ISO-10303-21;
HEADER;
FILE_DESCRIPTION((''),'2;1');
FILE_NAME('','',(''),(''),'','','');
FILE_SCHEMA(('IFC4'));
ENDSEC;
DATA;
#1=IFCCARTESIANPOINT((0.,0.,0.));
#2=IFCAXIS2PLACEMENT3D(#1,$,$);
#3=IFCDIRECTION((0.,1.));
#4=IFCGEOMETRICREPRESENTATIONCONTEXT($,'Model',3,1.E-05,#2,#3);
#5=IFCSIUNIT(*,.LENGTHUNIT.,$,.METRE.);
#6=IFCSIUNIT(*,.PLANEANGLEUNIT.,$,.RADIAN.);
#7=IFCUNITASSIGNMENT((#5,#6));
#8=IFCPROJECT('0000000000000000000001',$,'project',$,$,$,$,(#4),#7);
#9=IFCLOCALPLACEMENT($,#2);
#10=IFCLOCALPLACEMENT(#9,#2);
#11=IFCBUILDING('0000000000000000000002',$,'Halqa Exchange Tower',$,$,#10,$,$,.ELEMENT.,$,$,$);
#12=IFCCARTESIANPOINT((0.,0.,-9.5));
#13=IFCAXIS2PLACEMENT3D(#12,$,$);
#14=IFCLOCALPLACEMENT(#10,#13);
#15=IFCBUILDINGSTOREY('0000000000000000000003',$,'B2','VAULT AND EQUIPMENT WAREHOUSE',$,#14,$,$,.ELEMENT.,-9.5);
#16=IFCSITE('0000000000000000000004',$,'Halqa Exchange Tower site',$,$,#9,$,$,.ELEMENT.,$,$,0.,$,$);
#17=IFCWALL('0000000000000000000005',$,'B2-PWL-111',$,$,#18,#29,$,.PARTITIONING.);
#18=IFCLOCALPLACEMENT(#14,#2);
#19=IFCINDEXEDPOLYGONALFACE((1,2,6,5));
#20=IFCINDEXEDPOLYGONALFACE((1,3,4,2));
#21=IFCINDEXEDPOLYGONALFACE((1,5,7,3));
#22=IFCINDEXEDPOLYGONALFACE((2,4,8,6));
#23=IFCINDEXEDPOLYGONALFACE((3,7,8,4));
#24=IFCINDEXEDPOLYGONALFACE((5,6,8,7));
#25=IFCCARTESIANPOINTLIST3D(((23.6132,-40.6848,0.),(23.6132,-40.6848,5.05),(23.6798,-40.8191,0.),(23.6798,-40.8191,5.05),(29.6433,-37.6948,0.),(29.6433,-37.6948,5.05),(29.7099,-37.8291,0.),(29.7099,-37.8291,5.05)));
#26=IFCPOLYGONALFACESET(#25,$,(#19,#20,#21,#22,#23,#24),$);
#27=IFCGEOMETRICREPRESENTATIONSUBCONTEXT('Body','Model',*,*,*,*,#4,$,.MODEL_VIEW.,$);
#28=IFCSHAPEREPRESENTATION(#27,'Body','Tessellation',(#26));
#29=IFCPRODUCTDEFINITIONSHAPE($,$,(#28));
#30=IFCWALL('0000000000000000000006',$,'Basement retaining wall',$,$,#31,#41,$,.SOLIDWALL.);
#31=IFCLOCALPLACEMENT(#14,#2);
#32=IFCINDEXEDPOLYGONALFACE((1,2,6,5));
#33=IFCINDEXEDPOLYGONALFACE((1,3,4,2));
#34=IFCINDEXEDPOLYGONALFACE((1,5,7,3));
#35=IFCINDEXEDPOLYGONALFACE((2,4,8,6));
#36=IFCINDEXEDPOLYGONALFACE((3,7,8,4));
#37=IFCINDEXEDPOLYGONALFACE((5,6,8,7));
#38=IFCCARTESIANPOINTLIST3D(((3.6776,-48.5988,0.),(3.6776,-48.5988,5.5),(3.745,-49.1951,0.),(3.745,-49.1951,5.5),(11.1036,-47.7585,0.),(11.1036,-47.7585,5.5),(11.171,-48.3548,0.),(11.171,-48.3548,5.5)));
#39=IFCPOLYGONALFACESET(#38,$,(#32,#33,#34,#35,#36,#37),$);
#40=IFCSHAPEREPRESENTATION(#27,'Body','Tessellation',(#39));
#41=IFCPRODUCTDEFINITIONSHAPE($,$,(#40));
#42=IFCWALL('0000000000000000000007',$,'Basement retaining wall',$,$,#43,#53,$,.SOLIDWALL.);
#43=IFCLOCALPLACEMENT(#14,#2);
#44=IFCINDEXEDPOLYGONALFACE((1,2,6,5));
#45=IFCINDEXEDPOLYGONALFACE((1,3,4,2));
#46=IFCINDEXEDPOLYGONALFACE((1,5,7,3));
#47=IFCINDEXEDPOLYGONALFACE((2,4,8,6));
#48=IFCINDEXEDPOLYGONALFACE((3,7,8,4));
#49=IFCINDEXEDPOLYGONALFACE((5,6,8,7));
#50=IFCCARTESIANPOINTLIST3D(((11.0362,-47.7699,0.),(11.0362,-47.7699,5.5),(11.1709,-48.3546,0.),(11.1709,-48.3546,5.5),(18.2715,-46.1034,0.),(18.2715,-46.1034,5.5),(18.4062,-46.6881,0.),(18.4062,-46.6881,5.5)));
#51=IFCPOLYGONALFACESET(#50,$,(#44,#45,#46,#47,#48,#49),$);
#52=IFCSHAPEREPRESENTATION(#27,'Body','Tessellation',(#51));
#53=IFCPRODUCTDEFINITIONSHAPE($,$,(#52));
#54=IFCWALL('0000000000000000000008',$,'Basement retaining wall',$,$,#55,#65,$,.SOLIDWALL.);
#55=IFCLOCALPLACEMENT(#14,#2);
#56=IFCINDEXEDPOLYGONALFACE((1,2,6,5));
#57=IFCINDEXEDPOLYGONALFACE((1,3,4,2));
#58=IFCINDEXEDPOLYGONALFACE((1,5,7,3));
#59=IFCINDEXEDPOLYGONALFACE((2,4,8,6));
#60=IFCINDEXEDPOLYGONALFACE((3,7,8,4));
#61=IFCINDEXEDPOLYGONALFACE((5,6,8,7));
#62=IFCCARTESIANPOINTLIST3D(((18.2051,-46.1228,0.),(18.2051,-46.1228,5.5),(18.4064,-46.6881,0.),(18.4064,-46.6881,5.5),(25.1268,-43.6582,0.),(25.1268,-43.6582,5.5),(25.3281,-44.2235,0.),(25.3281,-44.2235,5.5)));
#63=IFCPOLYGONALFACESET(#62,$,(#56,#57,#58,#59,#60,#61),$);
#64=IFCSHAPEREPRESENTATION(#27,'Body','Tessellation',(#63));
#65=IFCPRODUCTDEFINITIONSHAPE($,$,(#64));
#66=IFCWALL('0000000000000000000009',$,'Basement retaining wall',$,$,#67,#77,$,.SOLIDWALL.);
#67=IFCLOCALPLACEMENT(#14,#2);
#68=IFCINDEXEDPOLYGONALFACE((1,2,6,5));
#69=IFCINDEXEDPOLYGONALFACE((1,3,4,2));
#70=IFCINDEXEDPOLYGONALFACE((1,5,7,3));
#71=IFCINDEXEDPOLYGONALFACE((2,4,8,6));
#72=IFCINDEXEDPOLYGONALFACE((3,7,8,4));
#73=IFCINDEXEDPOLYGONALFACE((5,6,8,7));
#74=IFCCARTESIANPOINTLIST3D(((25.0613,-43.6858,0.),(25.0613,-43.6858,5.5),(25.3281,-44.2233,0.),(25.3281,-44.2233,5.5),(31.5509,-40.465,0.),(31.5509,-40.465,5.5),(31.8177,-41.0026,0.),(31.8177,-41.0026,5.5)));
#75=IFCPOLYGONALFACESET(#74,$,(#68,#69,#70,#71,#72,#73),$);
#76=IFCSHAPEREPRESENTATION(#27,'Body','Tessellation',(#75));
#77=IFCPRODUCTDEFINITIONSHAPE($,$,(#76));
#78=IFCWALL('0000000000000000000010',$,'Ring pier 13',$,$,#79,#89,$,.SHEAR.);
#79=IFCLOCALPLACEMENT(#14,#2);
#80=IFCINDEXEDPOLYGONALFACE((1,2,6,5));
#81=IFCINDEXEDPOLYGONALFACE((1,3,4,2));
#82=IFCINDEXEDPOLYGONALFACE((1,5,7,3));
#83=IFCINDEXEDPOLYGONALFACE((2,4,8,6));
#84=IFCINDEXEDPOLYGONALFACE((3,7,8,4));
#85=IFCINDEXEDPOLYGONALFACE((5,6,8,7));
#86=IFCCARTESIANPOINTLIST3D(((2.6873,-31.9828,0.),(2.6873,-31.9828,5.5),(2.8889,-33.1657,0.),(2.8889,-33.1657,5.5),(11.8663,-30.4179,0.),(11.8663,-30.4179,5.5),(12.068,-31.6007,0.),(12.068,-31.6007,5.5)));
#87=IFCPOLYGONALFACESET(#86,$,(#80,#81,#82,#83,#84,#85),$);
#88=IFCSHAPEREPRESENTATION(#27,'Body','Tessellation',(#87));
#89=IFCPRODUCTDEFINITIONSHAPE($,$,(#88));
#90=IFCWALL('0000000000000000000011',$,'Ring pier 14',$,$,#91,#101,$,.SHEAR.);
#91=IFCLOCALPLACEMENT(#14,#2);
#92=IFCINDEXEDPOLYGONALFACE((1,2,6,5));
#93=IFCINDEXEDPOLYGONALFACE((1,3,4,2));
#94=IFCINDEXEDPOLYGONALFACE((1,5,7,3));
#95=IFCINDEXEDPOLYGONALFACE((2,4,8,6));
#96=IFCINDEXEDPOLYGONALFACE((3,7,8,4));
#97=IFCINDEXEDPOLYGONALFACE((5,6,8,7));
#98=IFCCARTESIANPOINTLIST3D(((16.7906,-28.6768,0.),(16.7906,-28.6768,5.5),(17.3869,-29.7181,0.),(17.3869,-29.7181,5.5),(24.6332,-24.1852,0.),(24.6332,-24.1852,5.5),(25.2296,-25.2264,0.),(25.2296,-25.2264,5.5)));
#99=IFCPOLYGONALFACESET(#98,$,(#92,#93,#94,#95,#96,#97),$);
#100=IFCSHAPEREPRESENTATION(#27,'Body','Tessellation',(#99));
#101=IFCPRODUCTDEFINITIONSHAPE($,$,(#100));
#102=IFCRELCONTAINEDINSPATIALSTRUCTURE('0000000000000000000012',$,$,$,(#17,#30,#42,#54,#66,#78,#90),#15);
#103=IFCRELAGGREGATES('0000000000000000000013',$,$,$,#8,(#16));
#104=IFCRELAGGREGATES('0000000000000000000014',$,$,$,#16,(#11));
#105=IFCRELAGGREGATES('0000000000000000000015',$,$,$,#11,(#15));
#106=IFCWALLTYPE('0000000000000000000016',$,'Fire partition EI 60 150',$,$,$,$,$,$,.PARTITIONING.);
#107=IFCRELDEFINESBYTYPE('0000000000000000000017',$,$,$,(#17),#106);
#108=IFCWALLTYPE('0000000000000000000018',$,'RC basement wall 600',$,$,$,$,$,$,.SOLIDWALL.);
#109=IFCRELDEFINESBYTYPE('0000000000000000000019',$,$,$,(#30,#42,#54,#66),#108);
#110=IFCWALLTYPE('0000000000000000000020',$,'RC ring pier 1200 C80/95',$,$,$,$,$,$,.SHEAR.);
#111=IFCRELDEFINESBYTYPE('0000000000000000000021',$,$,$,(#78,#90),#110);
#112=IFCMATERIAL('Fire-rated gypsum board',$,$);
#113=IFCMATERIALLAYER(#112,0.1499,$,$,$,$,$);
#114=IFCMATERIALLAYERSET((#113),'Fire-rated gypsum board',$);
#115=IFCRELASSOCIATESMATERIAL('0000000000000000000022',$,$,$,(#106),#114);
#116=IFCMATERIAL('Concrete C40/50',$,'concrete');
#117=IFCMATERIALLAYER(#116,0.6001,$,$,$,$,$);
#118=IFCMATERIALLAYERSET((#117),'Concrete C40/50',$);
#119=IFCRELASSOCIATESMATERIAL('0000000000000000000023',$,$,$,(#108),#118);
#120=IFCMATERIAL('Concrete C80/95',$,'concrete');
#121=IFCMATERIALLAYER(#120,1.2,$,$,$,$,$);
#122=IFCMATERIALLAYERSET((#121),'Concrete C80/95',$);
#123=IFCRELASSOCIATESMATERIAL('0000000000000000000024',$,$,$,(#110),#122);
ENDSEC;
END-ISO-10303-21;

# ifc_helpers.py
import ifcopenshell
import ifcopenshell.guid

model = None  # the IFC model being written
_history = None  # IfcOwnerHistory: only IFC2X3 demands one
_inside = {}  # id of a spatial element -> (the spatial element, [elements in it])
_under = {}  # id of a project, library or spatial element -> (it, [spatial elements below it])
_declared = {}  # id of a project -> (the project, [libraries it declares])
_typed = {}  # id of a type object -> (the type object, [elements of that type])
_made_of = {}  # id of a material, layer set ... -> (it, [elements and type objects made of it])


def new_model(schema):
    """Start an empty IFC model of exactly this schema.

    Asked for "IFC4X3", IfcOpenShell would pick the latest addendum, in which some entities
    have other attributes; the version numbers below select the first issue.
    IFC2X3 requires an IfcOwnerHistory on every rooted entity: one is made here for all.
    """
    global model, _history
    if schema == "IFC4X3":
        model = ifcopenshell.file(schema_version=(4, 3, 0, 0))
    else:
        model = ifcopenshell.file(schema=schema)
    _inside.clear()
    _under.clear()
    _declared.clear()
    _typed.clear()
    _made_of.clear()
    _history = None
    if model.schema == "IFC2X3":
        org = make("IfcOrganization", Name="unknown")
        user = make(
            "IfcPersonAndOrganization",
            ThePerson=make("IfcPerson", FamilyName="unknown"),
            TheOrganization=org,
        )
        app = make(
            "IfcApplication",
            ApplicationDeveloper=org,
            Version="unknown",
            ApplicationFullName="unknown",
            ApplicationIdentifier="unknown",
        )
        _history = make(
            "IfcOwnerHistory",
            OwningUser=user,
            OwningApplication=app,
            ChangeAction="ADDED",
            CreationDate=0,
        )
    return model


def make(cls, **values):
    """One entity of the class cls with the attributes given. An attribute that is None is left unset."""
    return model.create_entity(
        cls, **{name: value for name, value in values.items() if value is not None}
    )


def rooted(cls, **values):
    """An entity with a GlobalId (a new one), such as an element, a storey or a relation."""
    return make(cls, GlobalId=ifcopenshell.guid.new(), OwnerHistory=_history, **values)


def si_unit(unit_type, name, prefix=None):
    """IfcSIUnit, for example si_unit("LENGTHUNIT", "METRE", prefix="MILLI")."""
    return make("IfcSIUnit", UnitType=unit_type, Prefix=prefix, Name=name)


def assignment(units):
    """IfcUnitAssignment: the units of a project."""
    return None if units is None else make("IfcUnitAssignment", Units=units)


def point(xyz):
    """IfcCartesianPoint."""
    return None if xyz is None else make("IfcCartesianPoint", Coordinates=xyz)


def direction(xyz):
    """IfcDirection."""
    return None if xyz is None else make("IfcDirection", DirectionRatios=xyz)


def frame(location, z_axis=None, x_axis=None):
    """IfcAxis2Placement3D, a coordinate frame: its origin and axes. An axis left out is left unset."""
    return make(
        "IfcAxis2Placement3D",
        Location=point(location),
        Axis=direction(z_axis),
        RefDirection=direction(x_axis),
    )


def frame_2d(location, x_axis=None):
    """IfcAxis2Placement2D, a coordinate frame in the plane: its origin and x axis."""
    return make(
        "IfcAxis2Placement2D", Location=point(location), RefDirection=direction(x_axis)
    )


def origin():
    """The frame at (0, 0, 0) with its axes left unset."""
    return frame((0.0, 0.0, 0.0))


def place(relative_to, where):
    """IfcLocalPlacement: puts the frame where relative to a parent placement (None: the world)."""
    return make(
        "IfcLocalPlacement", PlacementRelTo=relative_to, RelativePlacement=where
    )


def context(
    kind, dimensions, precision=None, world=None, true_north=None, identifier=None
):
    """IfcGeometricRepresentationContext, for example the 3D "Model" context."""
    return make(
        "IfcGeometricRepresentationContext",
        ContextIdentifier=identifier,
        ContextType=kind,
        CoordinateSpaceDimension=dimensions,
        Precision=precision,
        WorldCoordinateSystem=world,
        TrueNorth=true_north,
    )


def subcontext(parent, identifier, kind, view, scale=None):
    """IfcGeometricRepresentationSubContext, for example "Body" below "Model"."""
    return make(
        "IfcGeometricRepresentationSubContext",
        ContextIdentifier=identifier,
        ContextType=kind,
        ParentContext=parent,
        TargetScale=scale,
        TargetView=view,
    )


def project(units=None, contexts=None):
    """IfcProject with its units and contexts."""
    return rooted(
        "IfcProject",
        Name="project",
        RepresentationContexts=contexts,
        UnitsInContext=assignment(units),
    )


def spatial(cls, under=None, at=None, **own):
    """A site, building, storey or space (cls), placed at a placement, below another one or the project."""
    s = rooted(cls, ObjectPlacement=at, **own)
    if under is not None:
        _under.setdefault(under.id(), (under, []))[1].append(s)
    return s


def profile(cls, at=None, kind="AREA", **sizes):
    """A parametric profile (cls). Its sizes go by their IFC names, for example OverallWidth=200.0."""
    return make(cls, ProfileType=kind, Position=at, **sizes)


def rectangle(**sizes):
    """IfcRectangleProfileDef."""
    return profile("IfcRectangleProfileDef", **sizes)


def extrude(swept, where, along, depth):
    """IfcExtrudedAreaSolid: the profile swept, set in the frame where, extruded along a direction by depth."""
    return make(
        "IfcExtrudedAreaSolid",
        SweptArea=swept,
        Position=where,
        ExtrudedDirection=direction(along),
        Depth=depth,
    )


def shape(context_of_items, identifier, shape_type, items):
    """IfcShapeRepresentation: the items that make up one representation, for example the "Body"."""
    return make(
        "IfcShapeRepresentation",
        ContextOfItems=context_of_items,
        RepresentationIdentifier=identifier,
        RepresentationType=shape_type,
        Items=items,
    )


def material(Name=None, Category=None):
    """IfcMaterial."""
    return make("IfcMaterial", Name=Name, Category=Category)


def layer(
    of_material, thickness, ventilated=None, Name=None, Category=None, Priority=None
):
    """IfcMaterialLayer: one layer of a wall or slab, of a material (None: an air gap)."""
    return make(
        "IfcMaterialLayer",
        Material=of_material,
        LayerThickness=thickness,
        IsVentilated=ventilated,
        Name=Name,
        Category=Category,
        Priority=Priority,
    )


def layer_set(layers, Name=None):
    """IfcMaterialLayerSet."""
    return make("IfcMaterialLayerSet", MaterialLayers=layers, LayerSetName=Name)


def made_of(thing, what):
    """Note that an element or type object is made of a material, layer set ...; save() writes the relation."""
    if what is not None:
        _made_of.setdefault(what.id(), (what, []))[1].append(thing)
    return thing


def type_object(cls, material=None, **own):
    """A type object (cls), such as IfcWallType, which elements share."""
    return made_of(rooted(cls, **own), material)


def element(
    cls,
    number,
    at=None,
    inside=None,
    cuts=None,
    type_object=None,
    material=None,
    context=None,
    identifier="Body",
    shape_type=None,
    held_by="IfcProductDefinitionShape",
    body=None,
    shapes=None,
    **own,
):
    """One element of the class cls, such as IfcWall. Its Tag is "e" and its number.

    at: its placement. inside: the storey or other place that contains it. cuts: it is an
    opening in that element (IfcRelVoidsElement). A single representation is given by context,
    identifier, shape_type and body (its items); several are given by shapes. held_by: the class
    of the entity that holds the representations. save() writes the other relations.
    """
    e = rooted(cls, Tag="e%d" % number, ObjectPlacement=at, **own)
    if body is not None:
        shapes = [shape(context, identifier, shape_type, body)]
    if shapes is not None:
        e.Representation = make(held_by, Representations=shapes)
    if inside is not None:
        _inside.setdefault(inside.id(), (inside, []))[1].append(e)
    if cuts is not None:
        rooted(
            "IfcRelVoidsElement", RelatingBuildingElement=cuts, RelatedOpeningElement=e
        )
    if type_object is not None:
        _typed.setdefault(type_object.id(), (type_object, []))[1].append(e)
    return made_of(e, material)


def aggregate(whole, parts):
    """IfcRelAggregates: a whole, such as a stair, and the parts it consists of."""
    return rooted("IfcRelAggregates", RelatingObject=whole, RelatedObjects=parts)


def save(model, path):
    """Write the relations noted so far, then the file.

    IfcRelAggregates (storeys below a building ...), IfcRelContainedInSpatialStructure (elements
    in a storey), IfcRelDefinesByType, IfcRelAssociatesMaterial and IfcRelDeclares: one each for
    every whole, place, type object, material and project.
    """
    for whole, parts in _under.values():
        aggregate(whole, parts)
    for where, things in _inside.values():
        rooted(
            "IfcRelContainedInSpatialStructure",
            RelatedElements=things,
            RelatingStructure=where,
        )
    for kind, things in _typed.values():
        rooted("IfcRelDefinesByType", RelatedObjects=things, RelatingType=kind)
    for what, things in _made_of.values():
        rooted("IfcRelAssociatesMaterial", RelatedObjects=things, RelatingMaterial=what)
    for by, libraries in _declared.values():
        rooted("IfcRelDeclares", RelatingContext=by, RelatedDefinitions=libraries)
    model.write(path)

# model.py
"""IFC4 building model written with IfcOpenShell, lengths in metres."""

from ifc_helpers import new_model, si_unit, direction, frame, frame_2d, origin, place, context, subcontext, project, spatial, rectangle, extrude, material, layer, layer_set, type_object, element, save


model = new_model("IFC4")

# Units and contexts
model_context = context("Model", 3, precision=1e-05, world=origin(), true_north=direction((0.0, 1.0)))
body_context = subcontext(model_context, "Body", "Model", "MODEL_VIEW")
ifc_project = project(units=[si_unit("LENGTHUNIT", "METRE"), si_unit("PLANEANGLEUNIT", "RADIAN")], contexts=[model_context])

# Site, building, storey
site_placement = place(None, origin())
site = spatial("IfcSite", under=ifc_project, at=site_placement, Name="Halqa Exchange Tower site", CompositionType="ELEMENT", RefElevation=0.0)
building_placement = place(site_placement, origin())
building = spatial("IfcBuilding", under=site, at=building_placement, Name="Halqa Exchange Tower", CompositionType="ELEMENT")
storey_placement = place(building_placement, frame((0.0, 0.0, -9.5)))
storey = spatial("IfcBuildingStorey", under=building, at=storey_placement, Name="B2", Description="VAULT AND EQUIPMENT WAREHOUSE", CompositionType="ELEMENT", Elevation=-9.5)

# Shared definitions
ifc_material_1 = material(Name="Fire-rated gypsum board")
ifc_layer_1 = layer(ifc_material_1, 0.1499)
ifc_layer_set_1 = layer_set([ifc_layer_1], Name="Fire-rated gypsum board")
wall_type_1 = type_object("IfcWallType", Name="Fire partition EI 60 150", PredefinedType="PARTITIONING", material=ifc_layer_set_1)

# Walls
wall_1_placement = place(storey_placement, frame((29.6765, -37.762, 0.0), z_axis=(0.0, 0.0, 1.0), x_axis=(-0.895909, -0.444237, 0.0)))
element("IfcWall", 1, at=wall_1_placement, inside=storey, type_object=wall_type_1, Name="B2-PWL-111", PredefinedType="PARTITIONING", context=body_context, shape_type="SweptSolid", body=[
    extrude(rectangle(XDim=6.7307, YDim=0.1499, at=frame_2d((3.3652, 0.0))), origin(), (0.0, 0.0, 1.0), 5.05),
])
ifc_material_2 = material(Name="Concrete C40/50", Category="concrete")
ifc_layer_2 = layer(ifc_material_2, 0.6001)
ifc_layer_set_2 = layer_set([ifc_layer_2], Name="Concrete C40/50")
wall_type_2 = type_object("IfcWallType", Name="RC basement wall 600", PredefinedType="SOLIDWALL", material=ifc_layer_set_2)
wall_2_placement = place(storey_placement, frame((3.7112, -48.897, 0.0), z_axis=(0.0, 0.0, 1.0), x_axis=(0.993658, 0.112443, 0.0)))
element("IfcWall", 2, at=wall_2_placement, inside=storey, type_object=wall_type_2, Name="Basement retaining wall", PredefinedType="SOLIDWALL", context=body_context, shape_type="SweptSolid", body=[
    extrude(rectangle(XDim=7.4734, YDim=0.6001, at=frame_2d((3.7368, 0.0))), origin(), (0.0, 0.0, 1.0), 5.5),
])
wall_3_placement = place(storey_placement, frame((11.1035, -48.0623, 0.0), z_axis=(0.0, 0.0, 1.0), x_axis=(0.974485, 0.224451, 0.0)))
element("IfcWall", 3, at=wall_3_placement, inside=storey, type_object=wall_type_2, Name="Basement retaining wall", PredefinedType="SOLIDWALL", context=body_context, shape_type="SweptSolid", body=[
    extrude(rectangle(XDim=7.4248, YDim=0.6001, at=frame_2d((3.7124, 0.0))), origin(), (0.0, 0.0, 1.0), 5.5),
])
wall_4_placement = place(storey_placement, frame((18.3057, -46.4055, 0.0), z_axis=(0.0, 0.0, 1.0), x_axis=(0.942061, 0.335442, 0.0)))
element("IfcWall", 4, at=wall_4_placement, inside=storey, type_object=wall_type_2, Name="Basement retaining wall", PredefinedType="SOLIDWALL", context=body_context, shape_type="SweptSolid", body=[
    extrude(rectangle(XDim=7.3474, YDim=0.6001, at=frame_2d((3.6738, 0.0))), origin(), (0.0, 0.0, 1.0), 5.5),
])
wall_5_placement = place(storey_placement, frame((25.1946, -43.9546, 0.0), z_axis=(0.0, 0.0, 1.0), x_axis=(0.895751, 0.444556, 0.0)))
element("IfcWall", 5, at=wall_5_placement, inside=storey, type_object=wall_type_2, Name="Basement retaining wall", PredefinedType="SOLIDWALL", context=body_context, shape_type="SweptSolid", body=[
    extrude(rectangle(XDim=7.2449, YDim=0.6001, at=frame_2d((3.6226, 0.0))), origin(), (0.0, 0.0, 1.0), 5.5),
])
ifc_material_3 = material(Name="Concrete C80/95", Category="concrete")
ifc_layer_3 = layer(ifc_material_3, 1.2)
ifc_layer_set_3 = layer_set([ifc_layer_3], Name="Concrete C80/95")
wall_type_3 = type_object("IfcWallType", Name="RC ring pier 1200 C80/95", PredefinedType="SHEAR", material=ifc_layer_set_3)
wall_6_placement = place(storey_placement, frame((2.7881, -32.5742, 0.0), z_axis=(0.0, 0.0, 1.0), x_axis=(0.985776, 0.168063, 0.0)))
element("IfcWall", 6, at=wall_6_placement, inside=storey, type_object=wall_type_3, Name="Ring pier 13", PredefinedType="SHEAR", context=body_context, shape_type="SweptSolid", body=[
    extrude(rectangle(XDim=9.3115, YDim=1.2, at=frame_2d((4.6558, 0.0))), origin(), (0.0, 0.0, 1.0), 5.5),
])
wall_7_placement = place(storey_placement, frame((17.0886, -29.1975, 0.0), z_axis=(0.0, 0.0, 1.0), x_axis=(0.867761, 0.496982, 0.0)))
element("IfcWall", 7, at=wall_7_placement, inside=storey, type_object=wall_type_3, Name="Ring pier 14", PredefinedType="SHEAR", context=body_context, shape_type="SweptSolid", body=[
    extrude(rectangle(XDim=9.0378, YDim=1.2, at=frame_2d((4.519, 0.0))), origin(), (0.0, 0.0, 1.0), 5.5),
])

save(model, "model.ifc")
